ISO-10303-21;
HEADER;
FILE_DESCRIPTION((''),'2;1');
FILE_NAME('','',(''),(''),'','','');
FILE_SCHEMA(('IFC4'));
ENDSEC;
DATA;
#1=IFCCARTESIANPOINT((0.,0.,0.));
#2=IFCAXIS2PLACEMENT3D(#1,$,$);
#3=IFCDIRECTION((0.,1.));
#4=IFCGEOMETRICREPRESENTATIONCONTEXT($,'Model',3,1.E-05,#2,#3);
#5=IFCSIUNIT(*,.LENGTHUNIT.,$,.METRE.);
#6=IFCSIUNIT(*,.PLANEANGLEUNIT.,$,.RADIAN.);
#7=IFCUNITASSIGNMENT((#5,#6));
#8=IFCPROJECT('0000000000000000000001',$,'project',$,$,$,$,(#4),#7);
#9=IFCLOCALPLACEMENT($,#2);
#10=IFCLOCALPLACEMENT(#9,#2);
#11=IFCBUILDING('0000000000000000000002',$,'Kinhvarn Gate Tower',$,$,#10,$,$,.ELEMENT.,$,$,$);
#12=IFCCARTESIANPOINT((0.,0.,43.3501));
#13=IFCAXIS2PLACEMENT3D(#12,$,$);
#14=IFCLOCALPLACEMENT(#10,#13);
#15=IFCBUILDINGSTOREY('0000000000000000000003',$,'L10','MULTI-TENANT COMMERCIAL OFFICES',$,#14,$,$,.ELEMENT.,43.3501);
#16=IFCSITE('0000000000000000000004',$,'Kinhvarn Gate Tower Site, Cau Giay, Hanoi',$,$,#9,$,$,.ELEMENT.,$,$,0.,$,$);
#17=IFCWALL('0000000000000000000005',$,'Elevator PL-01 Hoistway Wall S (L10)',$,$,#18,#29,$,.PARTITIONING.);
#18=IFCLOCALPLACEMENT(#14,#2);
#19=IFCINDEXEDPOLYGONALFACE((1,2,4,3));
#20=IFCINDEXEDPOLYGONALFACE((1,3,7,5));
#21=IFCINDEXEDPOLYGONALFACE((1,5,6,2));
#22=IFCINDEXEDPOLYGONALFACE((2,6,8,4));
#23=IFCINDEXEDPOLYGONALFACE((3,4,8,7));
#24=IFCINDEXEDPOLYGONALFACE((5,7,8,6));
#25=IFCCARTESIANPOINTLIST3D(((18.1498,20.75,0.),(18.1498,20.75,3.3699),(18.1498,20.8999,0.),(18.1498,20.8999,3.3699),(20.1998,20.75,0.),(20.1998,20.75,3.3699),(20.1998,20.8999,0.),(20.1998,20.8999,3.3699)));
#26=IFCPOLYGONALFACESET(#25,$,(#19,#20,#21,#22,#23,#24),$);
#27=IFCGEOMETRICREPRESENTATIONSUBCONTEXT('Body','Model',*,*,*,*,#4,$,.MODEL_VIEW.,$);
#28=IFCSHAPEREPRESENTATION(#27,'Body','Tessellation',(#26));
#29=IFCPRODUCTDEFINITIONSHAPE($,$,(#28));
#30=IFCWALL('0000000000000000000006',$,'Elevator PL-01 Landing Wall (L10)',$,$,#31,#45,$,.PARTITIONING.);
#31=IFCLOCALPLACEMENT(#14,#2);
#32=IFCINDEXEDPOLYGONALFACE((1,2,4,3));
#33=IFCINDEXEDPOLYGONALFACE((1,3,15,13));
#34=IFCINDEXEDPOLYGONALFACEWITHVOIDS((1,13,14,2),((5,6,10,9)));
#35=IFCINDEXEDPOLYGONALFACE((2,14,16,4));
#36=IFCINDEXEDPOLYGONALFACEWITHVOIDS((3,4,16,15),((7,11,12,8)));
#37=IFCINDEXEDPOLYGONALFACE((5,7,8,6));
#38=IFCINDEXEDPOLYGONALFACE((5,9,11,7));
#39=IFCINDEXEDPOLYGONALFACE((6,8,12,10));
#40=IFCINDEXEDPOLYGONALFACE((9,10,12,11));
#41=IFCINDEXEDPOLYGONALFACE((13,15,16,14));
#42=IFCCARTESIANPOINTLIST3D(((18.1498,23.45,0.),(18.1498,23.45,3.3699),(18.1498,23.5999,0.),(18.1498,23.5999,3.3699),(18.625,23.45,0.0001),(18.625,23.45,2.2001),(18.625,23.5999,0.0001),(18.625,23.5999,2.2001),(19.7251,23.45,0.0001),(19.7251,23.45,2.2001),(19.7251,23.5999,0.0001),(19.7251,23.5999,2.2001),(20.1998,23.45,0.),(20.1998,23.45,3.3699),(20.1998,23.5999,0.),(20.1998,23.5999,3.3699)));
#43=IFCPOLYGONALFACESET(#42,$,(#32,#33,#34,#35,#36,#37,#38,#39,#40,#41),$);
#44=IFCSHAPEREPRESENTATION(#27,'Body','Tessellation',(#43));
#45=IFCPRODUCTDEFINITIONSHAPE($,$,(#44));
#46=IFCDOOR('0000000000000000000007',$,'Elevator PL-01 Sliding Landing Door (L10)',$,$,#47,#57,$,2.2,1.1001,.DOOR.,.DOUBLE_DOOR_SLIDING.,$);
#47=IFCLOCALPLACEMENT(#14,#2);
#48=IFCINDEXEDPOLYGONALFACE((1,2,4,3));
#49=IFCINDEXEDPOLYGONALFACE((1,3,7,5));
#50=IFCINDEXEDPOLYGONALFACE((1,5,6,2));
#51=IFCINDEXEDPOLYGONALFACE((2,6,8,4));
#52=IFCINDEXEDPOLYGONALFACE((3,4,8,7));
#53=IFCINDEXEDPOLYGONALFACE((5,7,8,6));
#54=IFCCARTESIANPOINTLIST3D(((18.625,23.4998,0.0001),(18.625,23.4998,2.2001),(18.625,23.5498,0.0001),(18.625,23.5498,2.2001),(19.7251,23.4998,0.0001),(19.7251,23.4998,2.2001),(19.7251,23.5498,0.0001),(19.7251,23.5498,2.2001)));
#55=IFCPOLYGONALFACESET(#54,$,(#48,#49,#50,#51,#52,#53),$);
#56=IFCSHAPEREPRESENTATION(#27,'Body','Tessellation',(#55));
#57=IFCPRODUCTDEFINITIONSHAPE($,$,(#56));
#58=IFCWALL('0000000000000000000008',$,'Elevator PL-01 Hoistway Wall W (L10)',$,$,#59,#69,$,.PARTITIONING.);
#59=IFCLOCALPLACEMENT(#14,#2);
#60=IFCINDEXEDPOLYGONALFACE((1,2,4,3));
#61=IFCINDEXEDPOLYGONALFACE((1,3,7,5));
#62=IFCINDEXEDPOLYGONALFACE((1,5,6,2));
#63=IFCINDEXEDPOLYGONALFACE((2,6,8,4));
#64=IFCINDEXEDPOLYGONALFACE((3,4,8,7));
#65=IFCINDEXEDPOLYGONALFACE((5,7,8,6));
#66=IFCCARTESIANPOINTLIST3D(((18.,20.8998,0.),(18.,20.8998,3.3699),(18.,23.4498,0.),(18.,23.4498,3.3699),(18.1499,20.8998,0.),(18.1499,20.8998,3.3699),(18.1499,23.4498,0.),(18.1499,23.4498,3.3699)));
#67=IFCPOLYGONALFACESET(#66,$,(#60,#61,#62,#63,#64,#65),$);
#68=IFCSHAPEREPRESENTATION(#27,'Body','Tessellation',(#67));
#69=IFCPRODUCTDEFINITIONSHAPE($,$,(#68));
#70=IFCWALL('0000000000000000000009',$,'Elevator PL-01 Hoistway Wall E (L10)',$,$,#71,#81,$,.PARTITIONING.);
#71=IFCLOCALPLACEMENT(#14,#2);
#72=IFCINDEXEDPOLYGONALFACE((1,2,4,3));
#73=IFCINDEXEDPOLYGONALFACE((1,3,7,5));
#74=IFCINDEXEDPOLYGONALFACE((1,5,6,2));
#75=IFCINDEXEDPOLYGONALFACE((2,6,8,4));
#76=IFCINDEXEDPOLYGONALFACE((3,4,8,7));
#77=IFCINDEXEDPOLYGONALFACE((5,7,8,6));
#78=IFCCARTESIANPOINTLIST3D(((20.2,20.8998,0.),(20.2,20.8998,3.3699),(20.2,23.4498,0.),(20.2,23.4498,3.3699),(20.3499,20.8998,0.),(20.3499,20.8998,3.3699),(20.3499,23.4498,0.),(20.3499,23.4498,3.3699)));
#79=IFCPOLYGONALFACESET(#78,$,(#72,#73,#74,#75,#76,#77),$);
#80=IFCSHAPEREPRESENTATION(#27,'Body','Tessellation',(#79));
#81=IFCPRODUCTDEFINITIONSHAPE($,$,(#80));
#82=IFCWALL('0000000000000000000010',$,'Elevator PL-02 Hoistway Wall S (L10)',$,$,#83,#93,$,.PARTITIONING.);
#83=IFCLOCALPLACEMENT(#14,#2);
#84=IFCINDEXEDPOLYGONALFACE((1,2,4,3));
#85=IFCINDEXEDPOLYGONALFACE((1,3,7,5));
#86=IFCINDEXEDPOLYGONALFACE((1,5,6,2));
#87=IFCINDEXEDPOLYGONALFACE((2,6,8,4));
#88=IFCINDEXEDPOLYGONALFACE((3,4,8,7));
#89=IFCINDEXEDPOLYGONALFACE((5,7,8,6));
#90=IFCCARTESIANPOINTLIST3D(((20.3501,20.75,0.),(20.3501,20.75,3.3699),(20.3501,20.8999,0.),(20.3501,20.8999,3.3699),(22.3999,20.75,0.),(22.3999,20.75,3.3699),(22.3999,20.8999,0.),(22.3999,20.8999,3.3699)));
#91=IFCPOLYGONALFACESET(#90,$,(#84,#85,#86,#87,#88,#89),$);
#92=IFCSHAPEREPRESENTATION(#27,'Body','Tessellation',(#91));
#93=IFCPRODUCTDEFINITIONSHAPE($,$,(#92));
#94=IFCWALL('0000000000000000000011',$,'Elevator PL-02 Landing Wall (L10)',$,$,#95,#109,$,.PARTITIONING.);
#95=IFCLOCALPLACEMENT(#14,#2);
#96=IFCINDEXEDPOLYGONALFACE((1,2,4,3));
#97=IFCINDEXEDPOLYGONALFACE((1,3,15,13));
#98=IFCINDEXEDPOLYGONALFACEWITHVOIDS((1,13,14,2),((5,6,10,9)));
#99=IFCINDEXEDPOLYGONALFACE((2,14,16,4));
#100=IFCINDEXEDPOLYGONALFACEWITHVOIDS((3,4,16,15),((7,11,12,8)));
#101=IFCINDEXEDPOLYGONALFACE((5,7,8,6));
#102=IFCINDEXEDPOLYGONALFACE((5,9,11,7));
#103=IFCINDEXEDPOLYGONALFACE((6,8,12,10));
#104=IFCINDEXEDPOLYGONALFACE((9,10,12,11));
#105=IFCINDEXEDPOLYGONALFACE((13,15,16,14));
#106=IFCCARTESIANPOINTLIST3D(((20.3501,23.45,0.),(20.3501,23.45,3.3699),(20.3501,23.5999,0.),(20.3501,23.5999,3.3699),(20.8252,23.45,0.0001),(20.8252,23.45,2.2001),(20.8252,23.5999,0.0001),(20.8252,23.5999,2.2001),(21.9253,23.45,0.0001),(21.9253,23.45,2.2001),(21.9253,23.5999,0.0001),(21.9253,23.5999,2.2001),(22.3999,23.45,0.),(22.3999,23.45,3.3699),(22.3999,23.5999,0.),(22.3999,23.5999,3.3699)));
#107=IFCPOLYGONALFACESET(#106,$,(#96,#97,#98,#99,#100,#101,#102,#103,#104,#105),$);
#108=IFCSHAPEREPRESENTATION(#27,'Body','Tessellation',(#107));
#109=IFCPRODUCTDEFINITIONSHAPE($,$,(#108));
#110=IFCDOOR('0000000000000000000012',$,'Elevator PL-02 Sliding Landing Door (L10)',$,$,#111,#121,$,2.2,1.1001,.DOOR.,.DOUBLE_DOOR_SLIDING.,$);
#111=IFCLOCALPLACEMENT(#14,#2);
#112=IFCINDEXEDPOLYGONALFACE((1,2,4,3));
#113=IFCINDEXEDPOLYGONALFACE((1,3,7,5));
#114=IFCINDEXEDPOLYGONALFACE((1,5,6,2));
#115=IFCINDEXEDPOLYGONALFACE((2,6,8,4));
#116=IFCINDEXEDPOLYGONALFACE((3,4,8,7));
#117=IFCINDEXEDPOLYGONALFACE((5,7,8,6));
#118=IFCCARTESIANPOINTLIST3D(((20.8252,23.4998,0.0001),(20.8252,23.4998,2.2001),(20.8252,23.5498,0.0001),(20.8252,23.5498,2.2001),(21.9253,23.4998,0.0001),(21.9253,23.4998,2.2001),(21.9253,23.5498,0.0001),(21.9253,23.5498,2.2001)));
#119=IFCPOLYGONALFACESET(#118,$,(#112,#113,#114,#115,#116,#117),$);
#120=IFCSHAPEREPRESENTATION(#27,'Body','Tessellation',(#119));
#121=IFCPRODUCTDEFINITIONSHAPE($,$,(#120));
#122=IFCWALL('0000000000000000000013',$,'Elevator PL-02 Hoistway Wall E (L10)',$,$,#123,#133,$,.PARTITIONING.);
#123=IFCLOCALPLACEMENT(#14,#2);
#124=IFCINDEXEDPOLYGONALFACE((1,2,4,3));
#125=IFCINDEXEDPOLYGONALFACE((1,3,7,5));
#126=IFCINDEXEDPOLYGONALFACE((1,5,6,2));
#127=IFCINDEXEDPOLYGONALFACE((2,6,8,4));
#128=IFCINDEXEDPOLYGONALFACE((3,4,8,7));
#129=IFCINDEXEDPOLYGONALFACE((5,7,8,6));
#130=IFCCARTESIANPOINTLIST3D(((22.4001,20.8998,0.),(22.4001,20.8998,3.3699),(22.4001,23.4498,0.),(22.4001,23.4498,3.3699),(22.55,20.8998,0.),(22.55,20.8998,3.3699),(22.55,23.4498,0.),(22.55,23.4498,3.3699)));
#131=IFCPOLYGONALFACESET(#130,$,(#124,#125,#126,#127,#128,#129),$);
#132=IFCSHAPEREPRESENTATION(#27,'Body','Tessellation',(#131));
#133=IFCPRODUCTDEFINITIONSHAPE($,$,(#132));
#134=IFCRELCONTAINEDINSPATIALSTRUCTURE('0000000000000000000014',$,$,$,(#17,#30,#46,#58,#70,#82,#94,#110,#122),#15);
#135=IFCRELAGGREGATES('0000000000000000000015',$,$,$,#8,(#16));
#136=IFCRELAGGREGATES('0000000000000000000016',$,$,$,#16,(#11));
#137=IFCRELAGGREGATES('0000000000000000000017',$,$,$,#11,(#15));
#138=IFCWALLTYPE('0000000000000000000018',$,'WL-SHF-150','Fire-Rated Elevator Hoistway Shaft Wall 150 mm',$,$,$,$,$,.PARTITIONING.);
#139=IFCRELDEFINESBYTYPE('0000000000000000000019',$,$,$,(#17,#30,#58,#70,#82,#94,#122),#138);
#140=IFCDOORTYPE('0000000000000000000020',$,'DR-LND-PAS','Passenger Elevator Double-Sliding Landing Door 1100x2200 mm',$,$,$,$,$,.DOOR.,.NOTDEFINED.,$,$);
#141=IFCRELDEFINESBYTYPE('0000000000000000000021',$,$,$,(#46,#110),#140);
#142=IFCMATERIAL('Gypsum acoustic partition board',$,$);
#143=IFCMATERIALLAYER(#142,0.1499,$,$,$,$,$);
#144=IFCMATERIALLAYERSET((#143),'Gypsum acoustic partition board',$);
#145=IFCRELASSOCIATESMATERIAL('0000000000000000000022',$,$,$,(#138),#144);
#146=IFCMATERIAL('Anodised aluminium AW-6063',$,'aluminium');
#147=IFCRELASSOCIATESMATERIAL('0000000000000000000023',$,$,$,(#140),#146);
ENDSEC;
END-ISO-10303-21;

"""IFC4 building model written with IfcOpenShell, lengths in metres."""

from ifc_helpers import new_model, si_unit, direction, frame, frame_2d, origin, place, context, subcontext, project, spatial, rectangle, extrude, material, layer, layer_set, type_object, element, fill, save


model = new_model("IFC4")

# Units and contexts
model_context = context("Model", 3, precision=1e-05, world=origin(), true_north=direction((0.0, 1.0)))
body_context = subcontext(model_context, "Body", "Model", "MODEL_VIEW")
ifc_project = project(units=[si_unit("LENGTHUNIT", "METRE"), si_unit("PLANEANGLEUNIT", "RADIAN")], contexts=[model_context])

# Site, building, storey
site_placement = place(None, origin())
site = spatial("IfcSite", under=ifc_project, at=site_placement, Name="Kinhvarn Gate Tower Site, Cau Giay, Hanoi", CompositionType="ELEMENT", RefElevation=0.0)
building_placement = place(site_placement, origin())
building = spatial("IfcBuilding", under=site, at=building_placement, Name="Kinhvarn Gate Tower", CompositionType="ELEMENT")
storey_placement = place(building_placement, frame((0.0, 0.0, 43.3501)))
storey = spatial("IfcBuildingStorey", under=building, at=storey_placement, Name="L10", Description="MULTI-TENANT COMMERCIAL OFFICES", CompositionType="ELEMENT", Elevation=43.3501)

# Shared definitions
ifc_material_1 = material(Name="Gypsum acoustic partition board")

# Shared definitions
ifc_material_2 = material(Name="Anodised aluminium AW-6063", Category="aluminium")

# Wall
ifc_layer_1 = layer(ifc_material_1, 0.1499)
ifc_layer_set_1 = layer_set([ifc_layer_1], Name="Gypsum acoustic partition board")
wall_type_1 = type_object("IfcWallType", Name="WL-SHF-150", Description="Fire-Rated Elevator Hoistway Shaft Wall 150 mm", PredefinedType="PARTITIONING", material=ifc_layer_set_1)
wall_1_placement = place(storey_placement, frame((18.1499, 20.825, 0.0), z_axis=(0.0, 0.0, 1.0), x_axis=(1.0, 0.0, 0.0)))
element("IfcWall", 1, at=wall_1_placement, inside=storey, type_object=wall_type_1, Name="Elevator PL-01 Hoistway Wall S (L10)", PredefinedType="PARTITIONING", context=body_context, shape_type="SweptSolid", body=[
    extrude(rectangle(XDim=2.05, YDim=0.1499, at=frame_2d((1.0249, 0.0))), origin(), (0.0, 0.0, 1.0), 3.3699),
])

# Wall, opening, door
wall_2_placement = place(storey_placement, frame((18.1499, 23.5249, 0.0), z_axis=(0.0, 0.0, 1.0), x_axis=(1.0, 0.0, 0.0)))
wall_2 = element("IfcWall", 2, at=wall_2_placement, inside=storey, type_object=wall_type_1, Name="Elevator PL-01 Landing Wall (L10)", PredefinedType="PARTITIONING", context=body_context, shape_type="SweptSolid", body=[
    extrude(rectangle(XDim=2.05, YDim=0.1499, at=frame_2d((1.0249, 0.0))), origin(), (0.0, 0.0, 1.0), 3.3699),
])
opening_1_placement = place(wall_2_placement, frame((0.4751, 0.0, 0.0)))
opening_1 = element("IfcOpeningElement", 3, at=opening_1_placement, cuts=wall_2, PredefinedType="OPENING", context=body_context, shape_type="SweptSolid", body=[
    extrude(rectangle(XDim=1.1001, YDim=2.2, at=frame_2d((0.55, 1.1001))), frame((0.0, 0.085, 0.0), z_axis=(0.0, -1.0, 0.0), x_axis=(1.0, 0.0, 0.0)), (0.0, 0.0, 1.0), 0.1699),
])
door_type_1 = type_object("IfcDoorType", Name="DR-LND-PAS", Description="Passenger Elevator Double-Sliding Landing Door 1100x2200 mm", OperationType="NOTDEFINED", PredefinedType="DOOR", material=ifc_material_2)
door_1_placement = place(opening_1_placement, origin())
door_1 = element("IfcDoor", 4, at=door_1_placement, inside=storey, type_object=door_type_1, Name="Elevator PL-01 Sliding Landing Door (L10)", OperationType="DOUBLE_DOOR_SLIDING", OverallHeight=2.2, OverallWidth=1.1001, PredefinedType="DOOR", context=body_context, shape_type="SweptSolid", body=[
    extrude(rectangle(XDim=1.1001, YDim=2.2, at=frame_2d((0.55, 1.1001))), frame((0.0, 0.0249, 0.0), z_axis=(0.0, -1.0, 0.0), x_axis=(1.0, 0.0, 0.0)), (0.0, 0.0, 1.0), 0.05),
])
fill(opening_1, door_1)

# Walls
for number, where, z_axis, x_axis, name in (
    (5, (18.075, 20.8999, 0.0), (0.0, 0.0, 1.0), (0.0, 1.0, 0.0), "Elevator PL-01 Hoistway Wall W (L10)"),
    (6, (20.2749, 20.8999, 0.0), (0.0, 0.0, 1.0), (0.0, 1.0, 0.0), "Elevator PL-01 Hoistway Wall E (L10)"),
):
    element("IfcWall", number, at=place(storey_placement, frame(where, z_axis=z_axis, x_axis=x_axis)), inside=storey, type_object=wall_type_1, Name=name, PredefinedType="PARTITIONING", context=body_context, shape_type="SweptSolid", body=[
        extrude(rectangle(XDim=2.55, YDim=0.1499, at=frame_2d((1.2749, 0.0))), origin(), (0.0, 0.0, 1.0), 3.3699),
    ])
wall_3_placement = place(storey_placement, frame((20.3501, 20.825, 0.0), z_axis=(0.0, 0.0, 1.0), x_axis=(1.0, 0.0, 0.0)))
element("IfcWall", 7, at=wall_3_placement, inside=storey, type_object=wall_type_1, Name="Elevator PL-02 Hoistway Wall S (L10)", PredefinedType="PARTITIONING", context=body_context, shape_type="SweptSolid", body=[
    extrude(rectangle(XDim=2.0498, YDim=0.1499, at=frame_2d((1.0249, 0.0))), origin(), (0.0, 0.0, 1.0), 3.3699),
])

# Wall, opening, door
wall_4_placement = place(storey_placement, frame((20.3501, 23.5249, 0.0), z_axis=(0.0, 0.0, 1.0), x_axis=(1.0, 0.0, 0.0)))
wall_4 = element("IfcWall", 8, at=wall_4_placement, inside=storey, type_object=wall_type_1, Name="Elevator PL-02 Landing Wall (L10)", PredefinedType="PARTITIONING", context=body_context, shape_type="SweptSolid", body=[
    extrude(rectangle(XDim=2.0498, YDim=0.1499, at=frame_2d((1.0249, 0.0))), origin(), (0.0, 0.0, 1.0), 3.3699),
])
opening_2_placement = place(wall_4_placement, frame((0.4751, 0.0, 0.0)))
opening_2 = element("IfcOpeningElement", 9, at=opening_2_placement, cuts=wall_4, PredefinedType="OPENING", context=body_context, shape_type="SweptSolid", body=[
    extrude(rectangle(XDim=1.1001, YDim=2.2, at=frame_2d((0.55, 1.1001))), frame((0.0, 0.085, 0.0), z_axis=(0.0, -1.0, 0.0), x_axis=(1.0, 0.0, 0.0)), (0.0, 0.0, 1.0), 0.1699),
])
door_2_placement = place(opening_2_placement, origin())
door_2 = element("IfcDoor", 10, at=door_2_placement, inside=storey, type_object=door_type_1, Name="Elevator PL-02 Sliding Landing Door (L10)", OperationType="DOUBLE_DOOR_SLIDING", OverallHeight=2.2, OverallWidth=1.1001, PredefinedType="DOOR", context=body_context, shape_type="SweptSolid", body=[
    extrude(rectangle(XDim=1.1001, YDim=2.2, at=frame_2d((0.55, 1.1001))), frame((0.0, 0.0249, 0.0), z_axis=(0.0, -1.0, 0.0), x_axis=(1.0, 0.0, 0.0)), (0.0, 0.0, 1.0), 0.05),
])
fill(opening_2, door_2)

# Wall
wall_5_placement = place(storey_placement, frame((22.4751, 20.8999, 0.0), z_axis=(0.0, 0.0, 1.0), x_axis=(0.0, 1.0, 0.0)))
element("IfcWall", 11, at=wall_5_placement, inside=storey, type_object=wall_type_1, Name="Elevator PL-02 Hoistway Wall E (L10)", PredefinedType="PARTITIONING", context=body_context, shape_type="SweptSolid", body=[
    extrude(rectangle(XDim=2.55, YDim=0.1499, at=frame_2d((1.2749, 0.0))), origin(), (0.0, 0.0, 1.0), 3.3699),
])

save(model, "model.ifc")
